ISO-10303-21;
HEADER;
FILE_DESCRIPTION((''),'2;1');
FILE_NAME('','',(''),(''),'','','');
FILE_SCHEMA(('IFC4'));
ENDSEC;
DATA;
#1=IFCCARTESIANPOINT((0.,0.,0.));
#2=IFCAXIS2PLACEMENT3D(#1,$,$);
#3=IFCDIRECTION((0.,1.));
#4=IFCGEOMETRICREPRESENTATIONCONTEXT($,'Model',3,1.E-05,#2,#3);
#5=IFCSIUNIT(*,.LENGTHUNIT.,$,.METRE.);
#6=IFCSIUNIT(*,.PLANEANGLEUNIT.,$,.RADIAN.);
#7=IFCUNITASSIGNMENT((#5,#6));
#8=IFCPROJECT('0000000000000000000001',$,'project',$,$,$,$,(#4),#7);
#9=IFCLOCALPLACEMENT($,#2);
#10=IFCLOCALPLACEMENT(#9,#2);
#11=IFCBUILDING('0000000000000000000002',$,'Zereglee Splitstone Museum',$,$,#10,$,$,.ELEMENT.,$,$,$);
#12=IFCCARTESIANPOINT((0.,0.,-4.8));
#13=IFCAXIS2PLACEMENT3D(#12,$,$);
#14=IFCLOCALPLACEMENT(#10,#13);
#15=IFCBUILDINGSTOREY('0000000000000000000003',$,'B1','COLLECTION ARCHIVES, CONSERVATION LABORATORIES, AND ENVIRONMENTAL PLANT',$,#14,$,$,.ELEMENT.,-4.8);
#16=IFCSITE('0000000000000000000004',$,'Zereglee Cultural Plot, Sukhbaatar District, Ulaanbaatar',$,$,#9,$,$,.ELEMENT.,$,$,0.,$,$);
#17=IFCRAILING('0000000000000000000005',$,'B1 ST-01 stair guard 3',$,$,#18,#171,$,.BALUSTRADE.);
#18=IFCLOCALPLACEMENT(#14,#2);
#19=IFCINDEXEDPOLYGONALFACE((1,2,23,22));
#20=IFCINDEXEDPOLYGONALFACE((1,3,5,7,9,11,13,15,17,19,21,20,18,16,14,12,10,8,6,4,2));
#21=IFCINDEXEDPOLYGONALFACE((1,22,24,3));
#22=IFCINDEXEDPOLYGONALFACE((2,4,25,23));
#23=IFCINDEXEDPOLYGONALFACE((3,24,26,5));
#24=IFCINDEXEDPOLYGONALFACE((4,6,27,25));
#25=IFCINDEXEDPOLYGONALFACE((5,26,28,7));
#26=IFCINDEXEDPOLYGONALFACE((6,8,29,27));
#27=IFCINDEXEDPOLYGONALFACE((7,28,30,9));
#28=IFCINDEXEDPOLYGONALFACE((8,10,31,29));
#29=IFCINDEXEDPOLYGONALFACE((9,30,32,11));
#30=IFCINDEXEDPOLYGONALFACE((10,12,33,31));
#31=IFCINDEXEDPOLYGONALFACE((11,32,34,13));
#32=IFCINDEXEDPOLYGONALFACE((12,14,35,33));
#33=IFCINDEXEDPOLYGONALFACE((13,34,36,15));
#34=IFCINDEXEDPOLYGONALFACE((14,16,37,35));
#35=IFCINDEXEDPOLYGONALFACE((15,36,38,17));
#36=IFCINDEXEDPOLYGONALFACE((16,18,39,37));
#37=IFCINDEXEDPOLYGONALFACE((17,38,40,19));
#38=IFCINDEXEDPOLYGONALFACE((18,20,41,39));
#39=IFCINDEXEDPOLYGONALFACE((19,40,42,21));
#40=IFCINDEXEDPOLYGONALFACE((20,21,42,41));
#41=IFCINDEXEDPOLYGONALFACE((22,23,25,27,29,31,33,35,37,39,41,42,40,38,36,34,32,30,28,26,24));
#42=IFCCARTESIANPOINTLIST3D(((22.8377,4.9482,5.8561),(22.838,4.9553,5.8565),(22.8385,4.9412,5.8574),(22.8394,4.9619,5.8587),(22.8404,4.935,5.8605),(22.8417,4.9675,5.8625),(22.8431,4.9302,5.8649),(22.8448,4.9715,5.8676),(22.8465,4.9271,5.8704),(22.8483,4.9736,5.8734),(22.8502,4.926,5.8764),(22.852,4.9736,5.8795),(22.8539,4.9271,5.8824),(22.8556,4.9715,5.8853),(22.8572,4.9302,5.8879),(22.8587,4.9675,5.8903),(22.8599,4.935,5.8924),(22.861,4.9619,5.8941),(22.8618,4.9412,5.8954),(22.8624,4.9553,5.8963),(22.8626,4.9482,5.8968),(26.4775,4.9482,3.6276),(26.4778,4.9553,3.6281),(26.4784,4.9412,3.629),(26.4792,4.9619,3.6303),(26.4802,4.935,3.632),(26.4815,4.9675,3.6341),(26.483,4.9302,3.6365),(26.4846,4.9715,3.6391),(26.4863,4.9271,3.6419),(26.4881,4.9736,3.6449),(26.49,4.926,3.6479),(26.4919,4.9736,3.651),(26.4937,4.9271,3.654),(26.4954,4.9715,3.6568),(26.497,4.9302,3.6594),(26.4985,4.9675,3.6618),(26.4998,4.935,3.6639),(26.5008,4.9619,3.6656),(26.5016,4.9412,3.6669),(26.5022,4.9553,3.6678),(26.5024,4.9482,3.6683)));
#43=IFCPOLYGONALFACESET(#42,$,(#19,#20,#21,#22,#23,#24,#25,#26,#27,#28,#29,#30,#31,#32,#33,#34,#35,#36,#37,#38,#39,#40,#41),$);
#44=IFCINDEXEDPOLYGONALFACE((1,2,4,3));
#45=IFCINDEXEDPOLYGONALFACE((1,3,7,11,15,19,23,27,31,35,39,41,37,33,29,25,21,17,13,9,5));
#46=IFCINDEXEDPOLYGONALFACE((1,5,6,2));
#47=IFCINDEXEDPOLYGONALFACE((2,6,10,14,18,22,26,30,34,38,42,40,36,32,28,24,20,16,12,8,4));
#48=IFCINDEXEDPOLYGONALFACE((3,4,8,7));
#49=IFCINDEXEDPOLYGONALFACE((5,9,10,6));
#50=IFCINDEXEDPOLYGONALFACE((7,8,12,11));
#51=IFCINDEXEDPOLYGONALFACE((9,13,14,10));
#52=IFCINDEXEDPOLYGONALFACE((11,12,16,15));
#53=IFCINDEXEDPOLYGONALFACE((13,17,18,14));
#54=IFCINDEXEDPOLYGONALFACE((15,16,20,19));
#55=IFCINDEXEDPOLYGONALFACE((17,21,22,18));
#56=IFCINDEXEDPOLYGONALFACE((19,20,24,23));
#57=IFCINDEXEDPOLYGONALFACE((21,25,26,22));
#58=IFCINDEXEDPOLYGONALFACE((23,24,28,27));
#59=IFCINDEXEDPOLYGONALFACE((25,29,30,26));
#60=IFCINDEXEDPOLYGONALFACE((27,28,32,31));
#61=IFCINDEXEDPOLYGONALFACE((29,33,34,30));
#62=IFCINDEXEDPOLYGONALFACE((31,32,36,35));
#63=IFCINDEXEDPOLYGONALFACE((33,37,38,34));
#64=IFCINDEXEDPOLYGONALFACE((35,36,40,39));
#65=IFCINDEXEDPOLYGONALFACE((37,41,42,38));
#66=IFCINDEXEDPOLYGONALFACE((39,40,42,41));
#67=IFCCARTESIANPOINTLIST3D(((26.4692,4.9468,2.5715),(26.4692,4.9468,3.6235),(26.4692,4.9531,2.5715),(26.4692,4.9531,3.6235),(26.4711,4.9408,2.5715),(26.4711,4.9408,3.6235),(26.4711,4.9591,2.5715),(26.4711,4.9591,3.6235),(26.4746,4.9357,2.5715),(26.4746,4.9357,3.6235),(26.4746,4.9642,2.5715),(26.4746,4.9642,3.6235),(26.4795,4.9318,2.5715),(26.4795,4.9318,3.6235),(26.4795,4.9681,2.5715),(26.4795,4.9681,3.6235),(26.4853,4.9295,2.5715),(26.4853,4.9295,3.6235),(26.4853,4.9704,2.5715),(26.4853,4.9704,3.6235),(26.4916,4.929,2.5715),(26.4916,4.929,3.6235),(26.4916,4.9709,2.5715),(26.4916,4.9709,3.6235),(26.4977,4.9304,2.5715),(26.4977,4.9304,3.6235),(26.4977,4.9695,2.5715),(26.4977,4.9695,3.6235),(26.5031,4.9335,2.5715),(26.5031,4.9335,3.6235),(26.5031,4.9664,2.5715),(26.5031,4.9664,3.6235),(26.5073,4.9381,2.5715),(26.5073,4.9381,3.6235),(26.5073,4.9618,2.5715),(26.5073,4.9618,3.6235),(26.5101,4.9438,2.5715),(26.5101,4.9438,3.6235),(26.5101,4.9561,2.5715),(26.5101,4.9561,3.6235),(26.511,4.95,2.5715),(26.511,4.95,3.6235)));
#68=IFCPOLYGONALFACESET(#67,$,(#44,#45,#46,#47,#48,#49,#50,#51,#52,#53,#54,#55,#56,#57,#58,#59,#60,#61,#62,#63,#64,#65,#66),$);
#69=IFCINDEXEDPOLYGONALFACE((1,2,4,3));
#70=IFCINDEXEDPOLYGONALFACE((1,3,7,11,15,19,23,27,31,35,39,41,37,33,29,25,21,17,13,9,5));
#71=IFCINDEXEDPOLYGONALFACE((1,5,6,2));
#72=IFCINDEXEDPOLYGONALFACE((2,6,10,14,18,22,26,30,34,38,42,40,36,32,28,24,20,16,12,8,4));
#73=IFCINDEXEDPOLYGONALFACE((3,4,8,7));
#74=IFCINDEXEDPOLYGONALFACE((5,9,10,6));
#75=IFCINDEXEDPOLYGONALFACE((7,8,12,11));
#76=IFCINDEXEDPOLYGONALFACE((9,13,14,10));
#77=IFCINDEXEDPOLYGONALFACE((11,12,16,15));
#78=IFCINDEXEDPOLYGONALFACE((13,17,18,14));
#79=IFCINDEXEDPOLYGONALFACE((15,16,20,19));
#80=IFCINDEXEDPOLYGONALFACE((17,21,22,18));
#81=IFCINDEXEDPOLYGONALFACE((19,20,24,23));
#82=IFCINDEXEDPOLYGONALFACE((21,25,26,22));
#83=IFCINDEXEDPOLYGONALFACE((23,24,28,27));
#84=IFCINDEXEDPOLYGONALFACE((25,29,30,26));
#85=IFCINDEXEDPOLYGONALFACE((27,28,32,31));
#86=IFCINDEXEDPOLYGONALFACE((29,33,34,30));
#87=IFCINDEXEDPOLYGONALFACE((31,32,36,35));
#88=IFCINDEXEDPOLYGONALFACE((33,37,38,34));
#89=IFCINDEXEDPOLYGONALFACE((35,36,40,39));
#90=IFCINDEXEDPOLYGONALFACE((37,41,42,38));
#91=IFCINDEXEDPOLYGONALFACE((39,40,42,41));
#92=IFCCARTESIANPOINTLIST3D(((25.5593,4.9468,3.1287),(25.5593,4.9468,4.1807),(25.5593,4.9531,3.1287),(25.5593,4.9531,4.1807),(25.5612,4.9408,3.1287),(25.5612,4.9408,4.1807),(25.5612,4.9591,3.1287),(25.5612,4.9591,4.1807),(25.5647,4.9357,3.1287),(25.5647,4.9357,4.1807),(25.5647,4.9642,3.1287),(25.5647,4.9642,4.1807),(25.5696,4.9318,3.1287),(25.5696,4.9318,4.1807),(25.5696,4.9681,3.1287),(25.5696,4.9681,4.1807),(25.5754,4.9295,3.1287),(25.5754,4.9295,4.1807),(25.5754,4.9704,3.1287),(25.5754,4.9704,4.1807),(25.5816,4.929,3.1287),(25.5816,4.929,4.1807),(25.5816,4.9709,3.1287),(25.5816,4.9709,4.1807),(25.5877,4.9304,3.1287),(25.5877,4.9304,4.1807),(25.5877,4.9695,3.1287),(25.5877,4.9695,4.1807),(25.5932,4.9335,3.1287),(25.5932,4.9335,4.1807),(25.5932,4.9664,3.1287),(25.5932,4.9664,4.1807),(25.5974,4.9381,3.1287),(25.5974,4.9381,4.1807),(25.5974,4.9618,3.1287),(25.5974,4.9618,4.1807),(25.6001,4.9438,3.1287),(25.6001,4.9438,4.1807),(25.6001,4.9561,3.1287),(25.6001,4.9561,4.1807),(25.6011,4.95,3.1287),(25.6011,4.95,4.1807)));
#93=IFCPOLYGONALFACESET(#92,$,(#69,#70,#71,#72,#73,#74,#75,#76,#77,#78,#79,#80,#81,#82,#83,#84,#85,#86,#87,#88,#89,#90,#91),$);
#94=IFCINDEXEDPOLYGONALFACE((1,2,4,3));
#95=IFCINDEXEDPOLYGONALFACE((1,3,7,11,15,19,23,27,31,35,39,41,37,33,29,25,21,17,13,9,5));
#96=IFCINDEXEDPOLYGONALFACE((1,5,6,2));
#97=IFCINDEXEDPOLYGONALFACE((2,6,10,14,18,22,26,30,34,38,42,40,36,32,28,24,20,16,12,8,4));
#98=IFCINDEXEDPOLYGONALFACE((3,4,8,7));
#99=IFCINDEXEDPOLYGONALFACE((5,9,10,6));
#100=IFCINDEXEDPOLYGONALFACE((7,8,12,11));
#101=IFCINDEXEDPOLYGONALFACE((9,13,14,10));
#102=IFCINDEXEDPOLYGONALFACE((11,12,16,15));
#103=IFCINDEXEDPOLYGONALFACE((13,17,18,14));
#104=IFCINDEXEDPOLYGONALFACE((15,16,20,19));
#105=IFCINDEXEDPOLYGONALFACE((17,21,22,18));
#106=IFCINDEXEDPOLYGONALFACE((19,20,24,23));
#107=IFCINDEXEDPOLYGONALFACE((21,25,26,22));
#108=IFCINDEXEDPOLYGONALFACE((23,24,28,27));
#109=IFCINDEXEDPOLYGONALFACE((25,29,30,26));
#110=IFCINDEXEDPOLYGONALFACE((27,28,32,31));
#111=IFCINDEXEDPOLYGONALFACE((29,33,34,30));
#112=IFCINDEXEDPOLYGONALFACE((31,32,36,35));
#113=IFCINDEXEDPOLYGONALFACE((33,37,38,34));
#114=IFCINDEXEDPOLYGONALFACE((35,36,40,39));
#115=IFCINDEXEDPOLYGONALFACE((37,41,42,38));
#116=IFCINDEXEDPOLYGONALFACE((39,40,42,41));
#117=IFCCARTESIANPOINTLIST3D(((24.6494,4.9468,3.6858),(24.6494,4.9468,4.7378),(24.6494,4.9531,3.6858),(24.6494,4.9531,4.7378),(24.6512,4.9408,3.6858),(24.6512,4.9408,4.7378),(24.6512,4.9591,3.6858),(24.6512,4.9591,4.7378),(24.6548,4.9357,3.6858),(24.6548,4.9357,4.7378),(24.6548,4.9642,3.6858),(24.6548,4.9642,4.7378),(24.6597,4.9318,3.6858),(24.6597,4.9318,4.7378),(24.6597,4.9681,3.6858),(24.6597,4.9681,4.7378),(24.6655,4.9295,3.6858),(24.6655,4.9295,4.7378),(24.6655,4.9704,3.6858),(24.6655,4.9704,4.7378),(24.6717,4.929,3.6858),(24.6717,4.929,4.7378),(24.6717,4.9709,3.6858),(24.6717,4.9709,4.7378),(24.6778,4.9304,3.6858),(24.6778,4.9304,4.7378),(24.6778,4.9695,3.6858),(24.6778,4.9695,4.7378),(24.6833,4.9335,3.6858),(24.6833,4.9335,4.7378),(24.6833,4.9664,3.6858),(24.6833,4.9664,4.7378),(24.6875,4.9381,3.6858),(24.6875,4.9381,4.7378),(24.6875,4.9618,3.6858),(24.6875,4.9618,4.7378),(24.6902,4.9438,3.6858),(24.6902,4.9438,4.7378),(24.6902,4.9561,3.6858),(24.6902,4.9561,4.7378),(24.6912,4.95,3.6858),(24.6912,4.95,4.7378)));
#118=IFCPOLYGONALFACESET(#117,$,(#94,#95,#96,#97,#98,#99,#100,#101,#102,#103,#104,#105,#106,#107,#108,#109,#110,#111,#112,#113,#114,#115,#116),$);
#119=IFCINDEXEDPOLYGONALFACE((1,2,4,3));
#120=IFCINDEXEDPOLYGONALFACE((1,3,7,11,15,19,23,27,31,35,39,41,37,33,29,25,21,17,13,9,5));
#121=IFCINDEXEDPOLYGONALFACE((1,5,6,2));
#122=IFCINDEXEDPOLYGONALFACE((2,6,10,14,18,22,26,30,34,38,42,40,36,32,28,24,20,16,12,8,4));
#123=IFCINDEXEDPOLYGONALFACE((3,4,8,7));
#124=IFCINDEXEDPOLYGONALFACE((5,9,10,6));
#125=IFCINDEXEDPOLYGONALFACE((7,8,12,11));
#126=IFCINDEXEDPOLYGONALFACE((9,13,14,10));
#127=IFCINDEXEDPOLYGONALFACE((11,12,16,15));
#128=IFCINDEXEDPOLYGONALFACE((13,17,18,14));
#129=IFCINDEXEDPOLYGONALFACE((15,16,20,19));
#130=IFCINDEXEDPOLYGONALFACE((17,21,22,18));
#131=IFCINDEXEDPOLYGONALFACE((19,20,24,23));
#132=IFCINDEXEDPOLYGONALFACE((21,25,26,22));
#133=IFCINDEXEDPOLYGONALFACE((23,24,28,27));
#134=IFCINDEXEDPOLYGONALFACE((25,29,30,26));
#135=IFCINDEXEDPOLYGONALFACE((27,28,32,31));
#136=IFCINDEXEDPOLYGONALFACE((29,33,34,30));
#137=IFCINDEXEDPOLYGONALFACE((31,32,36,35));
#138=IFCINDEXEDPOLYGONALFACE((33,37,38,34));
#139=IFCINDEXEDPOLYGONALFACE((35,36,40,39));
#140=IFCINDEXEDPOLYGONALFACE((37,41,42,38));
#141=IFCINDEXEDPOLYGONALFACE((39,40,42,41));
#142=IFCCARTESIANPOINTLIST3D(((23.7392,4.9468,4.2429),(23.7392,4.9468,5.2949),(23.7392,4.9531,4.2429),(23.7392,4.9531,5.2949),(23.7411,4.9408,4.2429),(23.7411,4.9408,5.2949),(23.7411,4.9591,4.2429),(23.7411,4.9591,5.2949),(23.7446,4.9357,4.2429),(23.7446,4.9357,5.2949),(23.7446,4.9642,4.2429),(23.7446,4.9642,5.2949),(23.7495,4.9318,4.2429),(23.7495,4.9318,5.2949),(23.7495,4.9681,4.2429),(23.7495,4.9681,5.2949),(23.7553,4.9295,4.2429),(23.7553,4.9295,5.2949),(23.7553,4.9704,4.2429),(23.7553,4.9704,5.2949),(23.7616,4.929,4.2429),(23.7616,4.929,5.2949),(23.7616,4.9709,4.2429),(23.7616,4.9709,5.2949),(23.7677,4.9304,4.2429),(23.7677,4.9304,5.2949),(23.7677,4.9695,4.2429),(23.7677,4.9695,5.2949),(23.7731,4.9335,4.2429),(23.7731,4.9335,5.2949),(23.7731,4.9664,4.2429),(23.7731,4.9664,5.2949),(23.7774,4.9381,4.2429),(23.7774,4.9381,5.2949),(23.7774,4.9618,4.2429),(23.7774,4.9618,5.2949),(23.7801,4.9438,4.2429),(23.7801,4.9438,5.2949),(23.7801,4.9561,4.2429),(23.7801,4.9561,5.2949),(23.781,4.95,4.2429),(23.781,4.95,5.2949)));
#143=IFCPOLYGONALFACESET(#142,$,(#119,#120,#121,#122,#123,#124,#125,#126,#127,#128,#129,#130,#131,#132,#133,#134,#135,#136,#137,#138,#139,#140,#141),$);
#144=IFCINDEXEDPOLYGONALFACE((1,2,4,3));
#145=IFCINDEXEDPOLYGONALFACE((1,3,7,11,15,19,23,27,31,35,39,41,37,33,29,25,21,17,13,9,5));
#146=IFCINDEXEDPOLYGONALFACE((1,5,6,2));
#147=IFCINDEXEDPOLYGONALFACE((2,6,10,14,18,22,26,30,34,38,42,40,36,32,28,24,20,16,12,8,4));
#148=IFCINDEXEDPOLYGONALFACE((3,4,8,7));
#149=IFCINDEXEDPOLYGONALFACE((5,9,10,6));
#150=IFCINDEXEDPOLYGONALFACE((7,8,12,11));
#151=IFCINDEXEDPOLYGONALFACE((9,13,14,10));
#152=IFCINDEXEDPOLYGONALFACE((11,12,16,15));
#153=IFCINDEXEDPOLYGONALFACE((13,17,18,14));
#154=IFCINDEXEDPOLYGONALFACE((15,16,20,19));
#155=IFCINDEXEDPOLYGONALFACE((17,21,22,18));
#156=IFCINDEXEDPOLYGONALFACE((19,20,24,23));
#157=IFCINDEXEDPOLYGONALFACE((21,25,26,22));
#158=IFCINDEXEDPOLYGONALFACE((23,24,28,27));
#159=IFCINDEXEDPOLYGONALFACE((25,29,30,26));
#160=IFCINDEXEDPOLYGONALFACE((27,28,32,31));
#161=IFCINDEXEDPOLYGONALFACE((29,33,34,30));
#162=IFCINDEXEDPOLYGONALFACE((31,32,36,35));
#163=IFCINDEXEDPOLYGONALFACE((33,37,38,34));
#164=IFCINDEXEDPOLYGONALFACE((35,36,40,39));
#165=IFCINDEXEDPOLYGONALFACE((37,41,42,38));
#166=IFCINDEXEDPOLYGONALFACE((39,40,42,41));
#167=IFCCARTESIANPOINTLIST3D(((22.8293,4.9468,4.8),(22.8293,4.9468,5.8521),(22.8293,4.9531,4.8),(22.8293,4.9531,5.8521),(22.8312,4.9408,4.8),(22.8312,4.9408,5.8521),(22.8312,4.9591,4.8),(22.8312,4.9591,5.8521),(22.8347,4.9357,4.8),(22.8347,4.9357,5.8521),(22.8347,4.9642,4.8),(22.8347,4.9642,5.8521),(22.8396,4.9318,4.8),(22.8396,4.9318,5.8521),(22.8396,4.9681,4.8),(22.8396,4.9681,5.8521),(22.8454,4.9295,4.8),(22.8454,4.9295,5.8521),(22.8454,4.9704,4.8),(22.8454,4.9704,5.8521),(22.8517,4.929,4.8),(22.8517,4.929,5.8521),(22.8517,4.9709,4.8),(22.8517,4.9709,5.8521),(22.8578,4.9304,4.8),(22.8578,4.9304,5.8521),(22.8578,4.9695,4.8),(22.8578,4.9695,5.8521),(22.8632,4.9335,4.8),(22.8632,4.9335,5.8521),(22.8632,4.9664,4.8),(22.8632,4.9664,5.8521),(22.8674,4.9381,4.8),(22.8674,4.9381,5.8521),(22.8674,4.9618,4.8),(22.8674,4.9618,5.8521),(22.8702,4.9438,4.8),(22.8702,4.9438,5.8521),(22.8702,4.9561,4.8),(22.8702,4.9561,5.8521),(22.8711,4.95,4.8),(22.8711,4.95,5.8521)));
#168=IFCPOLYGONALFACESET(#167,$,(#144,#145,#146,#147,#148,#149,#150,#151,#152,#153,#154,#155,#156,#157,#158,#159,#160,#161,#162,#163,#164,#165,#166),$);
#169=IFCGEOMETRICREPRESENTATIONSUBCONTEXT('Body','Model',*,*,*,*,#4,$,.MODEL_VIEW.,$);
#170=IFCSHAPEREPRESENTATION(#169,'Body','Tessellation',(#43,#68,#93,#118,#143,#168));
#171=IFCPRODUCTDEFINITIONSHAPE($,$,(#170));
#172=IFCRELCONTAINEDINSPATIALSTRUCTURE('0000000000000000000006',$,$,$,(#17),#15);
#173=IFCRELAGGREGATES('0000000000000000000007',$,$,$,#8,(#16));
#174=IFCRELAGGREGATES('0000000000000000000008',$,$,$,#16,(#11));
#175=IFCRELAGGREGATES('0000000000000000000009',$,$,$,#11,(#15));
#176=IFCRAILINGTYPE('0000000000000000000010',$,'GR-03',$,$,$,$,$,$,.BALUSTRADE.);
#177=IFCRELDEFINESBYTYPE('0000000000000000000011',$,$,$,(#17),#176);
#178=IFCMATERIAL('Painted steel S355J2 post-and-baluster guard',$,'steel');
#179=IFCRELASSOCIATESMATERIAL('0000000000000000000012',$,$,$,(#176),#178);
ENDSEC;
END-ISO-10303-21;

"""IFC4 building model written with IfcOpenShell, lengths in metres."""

from ifc_helpers import new_model, si_unit, direction, frame, origin, origin_2d, place, context, subcontext, project, spatial, circle, extrude, material, type_object, element, save


model = new_model("IFC4")

# Units and contexts
model_context = context("Model", 3, precision=1e-05, world=origin(), true_north=direction((0.0, 1.0)))
body_context = subcontext(model_context, "Body", "Model", "MODEL_VIEW")
ifc_project = project(units=[si_unit("LENGTHUNIT", "METRE"), si_unit("PLANEANGLEUNIT", "RADIAN")], contexts=[model_context])

# Site, building, storey
site_placement = place(None, origin())
site = spatial("IfcSite", under=ifc_project, at=site_placement, Name="Zereglee Cultural Plot, Sukhbaatar District, Ulaanbaatar", CompositionType="ELEMENT", RefElevation=0.0)
building_placement = place(site_placement, origin())
building = spatial("IfcBuilding", under=site, at=building_placement, Name="Zereglee Splitstone Museum", CompositionType="ELEMENT")
storey_placement = place(building_placement, frame((0.0, 0.0, -4.8)))
storey = spatial("IfcBuildingStorey", under=building, at=storey_placement, Name="B1", Description="COLLECTION ARCHIVES, CONSERVATION LABORATORIES, AND ENVIRONMENTAL PLANT", CompositionType="ELEMENT", Elevation=-4.8)

# Railing
ifc_material_1 = material(Name="Painted steel S355J2 post-and-baluster guard", Category="steel")
railing_type_1 = type_object("IfcRailingType", Name="GR-03", PredefinedType="BALUSTRADE", material=ifc_material_1)
railing_1_placement = place(storey_placement, frame((26.49, 4.95, 2.5715)))
element("IfcRailing", 1, at=railing_1_placement, inside=storey, type_object=railing_type_1, Name="B1 ST-01 stair guard 3", PredefinedType="BALUSTRADE", context=body_context, shape_type="SweptSolid", body=[
    extrude(circle(Radius=0.0239, at=origin_2d()), frame((0.0, 0.0, 1.0764), z_axis=(-0.85285, 0.0, 0.522156), x_axis=(0.0, -1.0, 0.0)), (0.0, 0.0, 1.0), 4.2678),
    extrude(circle(Radius=0.021, at=origin_2d()), origin(), (0.0, 0.0, 1.0), 1.052),
    extrude(circle(Radius=0.021, at=origin_2d()), frame((-0.9099, 0.0, 0.5571)), (0.0, 0.0, 1.0), 1.052),
    extrude(circle(Radius=0.021, at=origin_2d()), frame((-1.8198, 0.0, 1.1143)), (0.0, 0.0, 1.0), 1.052),
    extrude(circle(Radius=0.021, at=origin_2d()), frame((-2.73, 0.0, 1.6714)), (0.0, 0.0, 1.0), 1.052),
    extrude(circle(Radius=0.021, at=origin_2d()), frame((-3.6399, 0.0, 2.2285)), (0.0, 0.0, 1.0), 1.052),
])

save(model, "model.ifc")
